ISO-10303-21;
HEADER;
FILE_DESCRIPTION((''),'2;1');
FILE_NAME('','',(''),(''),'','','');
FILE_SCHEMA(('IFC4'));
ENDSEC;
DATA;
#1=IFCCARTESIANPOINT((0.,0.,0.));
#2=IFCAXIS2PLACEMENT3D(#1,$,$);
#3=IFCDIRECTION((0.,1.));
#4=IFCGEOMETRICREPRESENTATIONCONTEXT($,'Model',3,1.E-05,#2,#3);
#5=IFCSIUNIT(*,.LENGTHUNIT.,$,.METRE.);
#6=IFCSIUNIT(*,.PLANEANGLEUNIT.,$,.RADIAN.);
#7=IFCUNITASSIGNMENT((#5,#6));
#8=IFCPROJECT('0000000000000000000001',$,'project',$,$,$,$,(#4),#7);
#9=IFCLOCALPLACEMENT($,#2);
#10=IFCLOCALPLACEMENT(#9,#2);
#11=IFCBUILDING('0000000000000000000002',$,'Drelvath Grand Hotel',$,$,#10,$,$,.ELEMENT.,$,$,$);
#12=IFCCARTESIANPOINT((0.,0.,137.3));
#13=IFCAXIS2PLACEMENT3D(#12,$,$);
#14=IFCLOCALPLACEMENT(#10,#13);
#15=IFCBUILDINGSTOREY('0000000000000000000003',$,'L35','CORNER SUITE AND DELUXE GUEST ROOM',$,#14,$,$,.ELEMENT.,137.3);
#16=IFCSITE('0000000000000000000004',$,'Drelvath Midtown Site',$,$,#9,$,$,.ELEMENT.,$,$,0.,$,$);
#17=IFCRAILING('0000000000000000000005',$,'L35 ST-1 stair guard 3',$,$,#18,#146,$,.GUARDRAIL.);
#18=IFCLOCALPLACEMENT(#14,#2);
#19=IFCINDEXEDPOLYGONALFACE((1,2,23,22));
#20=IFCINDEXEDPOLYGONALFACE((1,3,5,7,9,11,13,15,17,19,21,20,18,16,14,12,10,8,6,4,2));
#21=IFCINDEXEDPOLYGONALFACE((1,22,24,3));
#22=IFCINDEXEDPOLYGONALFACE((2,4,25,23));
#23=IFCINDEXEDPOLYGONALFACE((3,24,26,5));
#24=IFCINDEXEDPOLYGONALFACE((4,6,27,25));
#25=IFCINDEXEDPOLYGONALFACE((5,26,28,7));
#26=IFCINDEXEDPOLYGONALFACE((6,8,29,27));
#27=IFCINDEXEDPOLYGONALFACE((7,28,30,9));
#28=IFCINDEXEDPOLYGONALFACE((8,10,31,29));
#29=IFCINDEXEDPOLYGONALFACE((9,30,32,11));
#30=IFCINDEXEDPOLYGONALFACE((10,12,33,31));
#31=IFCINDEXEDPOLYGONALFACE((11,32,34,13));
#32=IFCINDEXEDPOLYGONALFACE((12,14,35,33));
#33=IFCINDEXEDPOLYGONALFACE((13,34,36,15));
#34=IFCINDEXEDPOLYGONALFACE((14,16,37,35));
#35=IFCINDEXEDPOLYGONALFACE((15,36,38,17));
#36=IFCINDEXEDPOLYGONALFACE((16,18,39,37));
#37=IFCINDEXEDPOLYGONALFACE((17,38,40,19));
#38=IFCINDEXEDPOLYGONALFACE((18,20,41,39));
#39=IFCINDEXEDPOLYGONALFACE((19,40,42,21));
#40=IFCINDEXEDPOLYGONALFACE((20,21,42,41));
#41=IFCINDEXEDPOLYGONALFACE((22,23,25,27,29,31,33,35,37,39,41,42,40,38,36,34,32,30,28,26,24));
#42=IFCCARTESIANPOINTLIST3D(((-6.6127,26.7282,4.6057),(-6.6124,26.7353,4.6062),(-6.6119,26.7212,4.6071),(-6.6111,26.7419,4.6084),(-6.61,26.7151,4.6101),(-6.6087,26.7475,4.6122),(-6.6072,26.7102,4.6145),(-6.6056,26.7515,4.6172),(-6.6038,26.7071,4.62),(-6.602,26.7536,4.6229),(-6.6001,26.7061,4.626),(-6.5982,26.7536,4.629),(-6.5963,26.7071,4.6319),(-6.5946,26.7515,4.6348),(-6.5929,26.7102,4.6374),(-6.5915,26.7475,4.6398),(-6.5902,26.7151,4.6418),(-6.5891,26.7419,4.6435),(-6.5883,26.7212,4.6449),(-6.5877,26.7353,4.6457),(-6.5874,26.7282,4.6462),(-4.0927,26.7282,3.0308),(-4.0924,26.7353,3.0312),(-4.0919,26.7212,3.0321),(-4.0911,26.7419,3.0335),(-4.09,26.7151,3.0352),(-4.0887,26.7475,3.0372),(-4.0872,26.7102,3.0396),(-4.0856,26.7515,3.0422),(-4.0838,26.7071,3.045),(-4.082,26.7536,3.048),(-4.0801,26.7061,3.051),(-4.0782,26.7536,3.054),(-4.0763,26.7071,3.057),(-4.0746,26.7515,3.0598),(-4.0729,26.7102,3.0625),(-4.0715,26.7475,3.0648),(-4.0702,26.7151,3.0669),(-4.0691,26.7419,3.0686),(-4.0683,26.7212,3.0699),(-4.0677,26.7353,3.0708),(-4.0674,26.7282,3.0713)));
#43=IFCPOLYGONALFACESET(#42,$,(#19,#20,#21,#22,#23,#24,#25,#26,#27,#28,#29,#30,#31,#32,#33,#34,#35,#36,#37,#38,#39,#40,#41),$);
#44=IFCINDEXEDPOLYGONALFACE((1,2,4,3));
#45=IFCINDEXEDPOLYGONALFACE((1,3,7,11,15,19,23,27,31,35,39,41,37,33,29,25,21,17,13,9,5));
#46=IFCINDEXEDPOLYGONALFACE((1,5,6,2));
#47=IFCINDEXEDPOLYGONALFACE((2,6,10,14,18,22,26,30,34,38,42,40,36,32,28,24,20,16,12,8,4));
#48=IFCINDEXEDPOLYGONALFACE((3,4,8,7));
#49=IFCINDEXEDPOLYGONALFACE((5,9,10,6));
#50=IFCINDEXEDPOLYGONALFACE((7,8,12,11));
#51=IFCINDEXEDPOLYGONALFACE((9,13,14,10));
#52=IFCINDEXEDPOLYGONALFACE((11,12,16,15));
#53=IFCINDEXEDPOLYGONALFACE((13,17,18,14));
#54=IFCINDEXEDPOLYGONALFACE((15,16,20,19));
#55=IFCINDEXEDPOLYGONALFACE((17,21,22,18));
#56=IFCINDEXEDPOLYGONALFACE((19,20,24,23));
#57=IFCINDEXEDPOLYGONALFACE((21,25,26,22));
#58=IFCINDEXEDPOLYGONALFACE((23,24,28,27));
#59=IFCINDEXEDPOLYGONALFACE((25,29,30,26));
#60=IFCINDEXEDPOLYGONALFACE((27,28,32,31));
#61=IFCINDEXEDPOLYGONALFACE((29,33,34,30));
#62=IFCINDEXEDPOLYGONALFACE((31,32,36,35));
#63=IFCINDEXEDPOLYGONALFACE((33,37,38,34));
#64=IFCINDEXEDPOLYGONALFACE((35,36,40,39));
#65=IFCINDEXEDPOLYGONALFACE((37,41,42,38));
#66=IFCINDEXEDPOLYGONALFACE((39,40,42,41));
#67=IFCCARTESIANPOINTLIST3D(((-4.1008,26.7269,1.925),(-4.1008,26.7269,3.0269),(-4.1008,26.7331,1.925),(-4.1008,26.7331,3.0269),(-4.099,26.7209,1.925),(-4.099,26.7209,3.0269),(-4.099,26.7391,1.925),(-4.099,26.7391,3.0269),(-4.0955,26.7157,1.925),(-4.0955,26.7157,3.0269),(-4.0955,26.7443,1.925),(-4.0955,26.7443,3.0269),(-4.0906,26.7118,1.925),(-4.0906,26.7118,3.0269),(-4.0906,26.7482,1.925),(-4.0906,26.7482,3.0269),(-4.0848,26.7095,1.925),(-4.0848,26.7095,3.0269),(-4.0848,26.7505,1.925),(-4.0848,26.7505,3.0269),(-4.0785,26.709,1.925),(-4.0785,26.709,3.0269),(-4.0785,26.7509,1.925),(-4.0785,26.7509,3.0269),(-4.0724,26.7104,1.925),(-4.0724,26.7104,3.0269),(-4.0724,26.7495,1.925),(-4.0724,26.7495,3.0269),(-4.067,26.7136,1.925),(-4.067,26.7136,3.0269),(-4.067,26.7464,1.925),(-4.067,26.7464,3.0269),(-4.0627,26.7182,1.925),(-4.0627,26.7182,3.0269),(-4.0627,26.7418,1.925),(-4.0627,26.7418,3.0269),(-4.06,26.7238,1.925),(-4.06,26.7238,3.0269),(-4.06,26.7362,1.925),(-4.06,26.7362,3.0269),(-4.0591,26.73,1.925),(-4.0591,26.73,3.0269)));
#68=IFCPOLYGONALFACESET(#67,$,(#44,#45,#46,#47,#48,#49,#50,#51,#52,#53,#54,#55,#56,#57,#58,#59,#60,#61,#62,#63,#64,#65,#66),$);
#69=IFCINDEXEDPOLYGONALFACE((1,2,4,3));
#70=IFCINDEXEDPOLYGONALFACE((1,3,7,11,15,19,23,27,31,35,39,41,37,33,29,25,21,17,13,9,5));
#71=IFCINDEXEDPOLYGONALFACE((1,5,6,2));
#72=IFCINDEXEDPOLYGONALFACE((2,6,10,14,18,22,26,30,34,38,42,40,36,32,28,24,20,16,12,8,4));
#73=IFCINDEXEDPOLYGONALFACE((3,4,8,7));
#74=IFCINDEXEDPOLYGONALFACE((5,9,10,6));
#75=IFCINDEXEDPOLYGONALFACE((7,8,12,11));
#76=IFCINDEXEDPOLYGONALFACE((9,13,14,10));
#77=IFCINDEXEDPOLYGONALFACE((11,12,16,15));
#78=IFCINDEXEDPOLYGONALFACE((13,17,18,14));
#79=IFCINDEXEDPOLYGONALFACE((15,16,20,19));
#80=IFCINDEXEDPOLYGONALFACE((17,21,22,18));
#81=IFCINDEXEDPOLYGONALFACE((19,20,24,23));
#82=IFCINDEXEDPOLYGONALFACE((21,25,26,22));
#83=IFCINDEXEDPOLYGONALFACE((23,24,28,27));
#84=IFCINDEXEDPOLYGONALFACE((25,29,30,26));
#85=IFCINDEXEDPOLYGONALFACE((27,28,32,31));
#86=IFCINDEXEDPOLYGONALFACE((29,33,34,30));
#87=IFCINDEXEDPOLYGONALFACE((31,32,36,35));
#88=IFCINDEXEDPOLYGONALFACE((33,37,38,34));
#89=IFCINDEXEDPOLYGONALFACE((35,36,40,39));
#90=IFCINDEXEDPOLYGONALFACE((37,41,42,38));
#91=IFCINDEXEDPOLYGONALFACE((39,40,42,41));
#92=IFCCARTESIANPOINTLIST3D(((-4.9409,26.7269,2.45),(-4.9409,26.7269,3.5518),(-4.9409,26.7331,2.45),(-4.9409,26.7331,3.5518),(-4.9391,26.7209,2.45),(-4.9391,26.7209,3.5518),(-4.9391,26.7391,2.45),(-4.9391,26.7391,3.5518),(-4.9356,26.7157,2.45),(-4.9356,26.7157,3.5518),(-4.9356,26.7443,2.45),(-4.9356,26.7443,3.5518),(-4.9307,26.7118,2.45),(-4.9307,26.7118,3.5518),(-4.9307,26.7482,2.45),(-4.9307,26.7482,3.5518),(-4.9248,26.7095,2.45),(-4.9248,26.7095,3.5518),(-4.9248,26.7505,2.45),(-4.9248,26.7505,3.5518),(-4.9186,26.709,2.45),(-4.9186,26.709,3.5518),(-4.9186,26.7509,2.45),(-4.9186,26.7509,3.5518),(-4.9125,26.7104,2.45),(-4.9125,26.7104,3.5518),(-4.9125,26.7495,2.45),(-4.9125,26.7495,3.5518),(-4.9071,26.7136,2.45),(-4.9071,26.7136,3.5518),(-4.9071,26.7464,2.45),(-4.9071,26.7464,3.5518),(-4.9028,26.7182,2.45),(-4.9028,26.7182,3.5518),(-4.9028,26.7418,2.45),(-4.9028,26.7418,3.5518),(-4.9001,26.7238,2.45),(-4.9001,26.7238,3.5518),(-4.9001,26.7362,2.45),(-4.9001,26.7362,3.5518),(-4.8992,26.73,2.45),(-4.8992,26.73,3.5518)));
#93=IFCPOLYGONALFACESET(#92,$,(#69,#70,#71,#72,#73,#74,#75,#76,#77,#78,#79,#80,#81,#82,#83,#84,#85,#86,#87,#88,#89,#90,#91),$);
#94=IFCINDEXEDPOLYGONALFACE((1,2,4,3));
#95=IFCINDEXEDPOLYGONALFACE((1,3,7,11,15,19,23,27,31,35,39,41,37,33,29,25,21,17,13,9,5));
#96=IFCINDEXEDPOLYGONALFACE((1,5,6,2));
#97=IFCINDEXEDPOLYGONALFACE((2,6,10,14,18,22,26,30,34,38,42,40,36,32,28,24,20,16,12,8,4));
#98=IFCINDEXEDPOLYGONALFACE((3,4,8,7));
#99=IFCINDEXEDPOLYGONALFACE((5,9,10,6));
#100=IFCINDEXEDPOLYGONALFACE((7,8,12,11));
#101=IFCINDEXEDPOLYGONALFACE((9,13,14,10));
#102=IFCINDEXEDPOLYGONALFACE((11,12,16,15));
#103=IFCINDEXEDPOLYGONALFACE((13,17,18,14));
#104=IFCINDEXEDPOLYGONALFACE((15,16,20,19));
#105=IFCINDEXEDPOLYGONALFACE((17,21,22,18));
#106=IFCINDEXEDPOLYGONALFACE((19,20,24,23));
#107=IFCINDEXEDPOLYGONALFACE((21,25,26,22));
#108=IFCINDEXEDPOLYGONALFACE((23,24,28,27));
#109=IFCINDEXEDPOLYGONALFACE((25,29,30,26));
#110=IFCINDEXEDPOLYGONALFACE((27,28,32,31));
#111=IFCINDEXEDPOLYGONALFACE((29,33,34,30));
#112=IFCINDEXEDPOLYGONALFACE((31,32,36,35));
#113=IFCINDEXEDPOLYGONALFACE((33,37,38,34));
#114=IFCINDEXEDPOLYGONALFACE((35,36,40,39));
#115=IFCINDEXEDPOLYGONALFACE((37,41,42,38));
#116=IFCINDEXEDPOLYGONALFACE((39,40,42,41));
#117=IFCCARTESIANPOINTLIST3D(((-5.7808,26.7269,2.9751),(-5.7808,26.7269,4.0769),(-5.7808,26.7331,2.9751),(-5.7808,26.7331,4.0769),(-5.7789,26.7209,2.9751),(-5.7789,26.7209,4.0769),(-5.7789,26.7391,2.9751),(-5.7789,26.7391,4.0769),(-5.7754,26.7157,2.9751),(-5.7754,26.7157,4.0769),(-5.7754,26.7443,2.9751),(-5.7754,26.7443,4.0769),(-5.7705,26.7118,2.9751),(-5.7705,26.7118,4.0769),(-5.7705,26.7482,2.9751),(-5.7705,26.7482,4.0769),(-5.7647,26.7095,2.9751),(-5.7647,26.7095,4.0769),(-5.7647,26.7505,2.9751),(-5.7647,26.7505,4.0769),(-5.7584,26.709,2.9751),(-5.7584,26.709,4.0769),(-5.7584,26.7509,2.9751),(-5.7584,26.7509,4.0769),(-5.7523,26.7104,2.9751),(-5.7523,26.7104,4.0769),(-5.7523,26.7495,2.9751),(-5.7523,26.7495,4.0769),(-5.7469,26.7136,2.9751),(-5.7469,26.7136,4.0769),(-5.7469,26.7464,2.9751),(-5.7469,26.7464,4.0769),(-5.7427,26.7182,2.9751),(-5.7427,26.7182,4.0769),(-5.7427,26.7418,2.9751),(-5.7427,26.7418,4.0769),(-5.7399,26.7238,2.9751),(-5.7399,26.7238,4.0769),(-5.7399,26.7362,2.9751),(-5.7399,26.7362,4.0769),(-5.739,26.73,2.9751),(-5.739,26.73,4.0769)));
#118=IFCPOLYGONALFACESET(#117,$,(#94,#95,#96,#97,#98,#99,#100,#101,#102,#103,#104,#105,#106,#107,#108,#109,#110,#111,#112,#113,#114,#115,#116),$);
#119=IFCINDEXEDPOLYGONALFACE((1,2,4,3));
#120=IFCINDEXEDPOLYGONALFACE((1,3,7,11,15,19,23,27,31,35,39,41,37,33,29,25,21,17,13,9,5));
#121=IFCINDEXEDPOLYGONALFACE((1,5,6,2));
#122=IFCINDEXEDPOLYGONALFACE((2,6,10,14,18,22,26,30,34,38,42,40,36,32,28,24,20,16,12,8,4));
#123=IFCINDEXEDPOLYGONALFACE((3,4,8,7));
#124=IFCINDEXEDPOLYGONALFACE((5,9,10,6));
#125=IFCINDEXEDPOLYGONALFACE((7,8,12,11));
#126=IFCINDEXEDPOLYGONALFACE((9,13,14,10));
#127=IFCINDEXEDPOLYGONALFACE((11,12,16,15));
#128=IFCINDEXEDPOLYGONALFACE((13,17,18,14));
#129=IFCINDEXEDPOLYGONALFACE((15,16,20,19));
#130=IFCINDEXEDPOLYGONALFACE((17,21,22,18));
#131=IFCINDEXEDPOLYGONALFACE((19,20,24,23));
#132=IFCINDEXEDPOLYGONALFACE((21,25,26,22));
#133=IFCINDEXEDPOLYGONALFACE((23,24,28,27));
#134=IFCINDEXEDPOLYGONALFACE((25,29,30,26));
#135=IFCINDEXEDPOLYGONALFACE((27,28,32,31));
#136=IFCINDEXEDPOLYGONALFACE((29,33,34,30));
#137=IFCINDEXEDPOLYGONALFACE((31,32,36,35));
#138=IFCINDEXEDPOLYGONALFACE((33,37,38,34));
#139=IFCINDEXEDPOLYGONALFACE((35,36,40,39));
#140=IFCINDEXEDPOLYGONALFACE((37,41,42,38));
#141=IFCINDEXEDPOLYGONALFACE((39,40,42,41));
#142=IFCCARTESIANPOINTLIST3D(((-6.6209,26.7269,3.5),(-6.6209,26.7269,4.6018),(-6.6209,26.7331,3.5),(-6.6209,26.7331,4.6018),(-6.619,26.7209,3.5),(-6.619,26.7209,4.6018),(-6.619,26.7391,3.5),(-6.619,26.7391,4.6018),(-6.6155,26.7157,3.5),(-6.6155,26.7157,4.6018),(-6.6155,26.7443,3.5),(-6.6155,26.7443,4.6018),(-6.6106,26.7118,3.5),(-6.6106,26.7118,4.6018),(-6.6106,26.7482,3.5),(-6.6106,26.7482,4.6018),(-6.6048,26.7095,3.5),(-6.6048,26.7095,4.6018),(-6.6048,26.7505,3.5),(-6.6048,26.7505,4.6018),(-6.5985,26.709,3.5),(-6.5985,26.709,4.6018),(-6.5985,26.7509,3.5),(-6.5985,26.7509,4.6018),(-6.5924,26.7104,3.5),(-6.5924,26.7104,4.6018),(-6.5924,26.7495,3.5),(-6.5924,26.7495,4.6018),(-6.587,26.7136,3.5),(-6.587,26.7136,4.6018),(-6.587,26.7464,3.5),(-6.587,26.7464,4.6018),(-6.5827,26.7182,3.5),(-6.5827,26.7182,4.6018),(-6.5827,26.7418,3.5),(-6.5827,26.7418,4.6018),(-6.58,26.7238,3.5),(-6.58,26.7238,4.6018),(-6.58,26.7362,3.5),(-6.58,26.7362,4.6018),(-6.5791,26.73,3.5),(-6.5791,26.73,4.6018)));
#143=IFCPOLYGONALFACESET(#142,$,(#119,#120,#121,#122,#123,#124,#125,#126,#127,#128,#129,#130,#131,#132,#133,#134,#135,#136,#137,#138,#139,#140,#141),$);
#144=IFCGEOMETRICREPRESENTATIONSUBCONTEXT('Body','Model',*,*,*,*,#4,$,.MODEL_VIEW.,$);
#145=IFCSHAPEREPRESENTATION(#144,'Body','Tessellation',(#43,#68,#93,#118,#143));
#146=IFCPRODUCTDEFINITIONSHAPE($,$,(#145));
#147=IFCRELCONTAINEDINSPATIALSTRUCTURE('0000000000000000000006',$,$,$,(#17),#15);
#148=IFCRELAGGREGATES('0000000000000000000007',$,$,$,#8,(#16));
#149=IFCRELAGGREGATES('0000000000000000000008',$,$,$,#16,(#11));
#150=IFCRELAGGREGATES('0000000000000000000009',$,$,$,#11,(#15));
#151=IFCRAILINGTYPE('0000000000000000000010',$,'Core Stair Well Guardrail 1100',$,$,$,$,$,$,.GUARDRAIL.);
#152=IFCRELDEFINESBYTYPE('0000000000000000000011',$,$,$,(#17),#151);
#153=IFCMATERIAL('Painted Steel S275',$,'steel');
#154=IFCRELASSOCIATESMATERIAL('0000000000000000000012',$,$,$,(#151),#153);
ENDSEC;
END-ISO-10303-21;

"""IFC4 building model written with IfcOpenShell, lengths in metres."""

from ifc_helpers import new_model, si_unit, direction, frame, origin, origin_2d, place, context, subcontext, project, spatial, circle, extrude, material, type_object, element, save


model = new_model("IFC4")

# Units and contexts
model_context = context("Model", 3, precision=1e-05, world=origin(), true_north=direction((0.0, 1.0)))
body_context = subcontext(model_context, "Body", "Model", "MODEL_VIEW")
ifc_project = project(units=[si_unit("LENGTHUNIT", "METRE"), si_unit("PLANEANGLEUNIT", "RADIAN")], contexts=[model_context])

# Site, building, storey
site_placement = place(None, origin())
site = spatial("IfcSite", under=ifc_project, at=site_placement, Name="Drelvath Midtown Site", CompositionType="ELEMENT", RefElevation=0.0)
building_placement = place(site_placement, origin())
building = spatial("IfcBuilding", under=site, at=building_placement, Name="Drelvath Grand Hotel", CompositionType="ELEMENT")
storey_placement = place(building_placement, frame((0.0, 0.0, 137.3)))
storey = spatial("IfcBuildingStorey", under=building, at=storey_placement, Name="L35", Description="CORNER SUITE AND DELUXE GUEST ROOM", CompositionType="ELEMENT", Elevation=137.3)

# Railing
ifc_material_1 = material(Name="Painted Steel S275", Category="steel")
railing_type_1 = type_object("IfcRailingType", Name="Core Stair Well Guardrail 1100", PredefinedType="GUARDRAIL", material=ifc_material_1)
railing_1_placement = place(storey_placement, frame((-4.0801, 26.73, 1.925)))
element("IfcRailing", 1, at=railing_1_placement, inside=storey, type_object=railing_type_1, Name="L35 ST-1 stair guard 3", PredefinedType="GUARDRAIL", context=body_context, shape_type="SweptSolid", body=[
    extrude(circle(Radius=0.0239, at=origin_2d()), frame((0.0, 0.0, 1.126), z_axis=(-0.848008, 0.0, 0.529984), x_axis=(0.0, -1.0, 0.0)), (0.0, 0.0, 1.0), 2.9717),
    extrude(circle(Radius=0.021, at=origin_2d()), origin(), (0.0, 0.0, 1.0), 1.1018),
    extrude(circle(Radius=0.021, at=origin_2d()), frame((-0.8401, 0.0, 0.5249)), (0.0, 0.0, 1.0), 1.1018),
    extrude(circle(Radius=0.021, at=origin_2d()), frame((-1.6799, 0.0, 1.05)), (0.0, 0.0, 1.0), 1.1018),
    extrude(circle(Radius=0.021, at=origin_2d()), frame((-2.52, 0.0, 1.575)), (0.0, 0.0, 1.0), 1.1018),
])

save(model, "model.ifc")
